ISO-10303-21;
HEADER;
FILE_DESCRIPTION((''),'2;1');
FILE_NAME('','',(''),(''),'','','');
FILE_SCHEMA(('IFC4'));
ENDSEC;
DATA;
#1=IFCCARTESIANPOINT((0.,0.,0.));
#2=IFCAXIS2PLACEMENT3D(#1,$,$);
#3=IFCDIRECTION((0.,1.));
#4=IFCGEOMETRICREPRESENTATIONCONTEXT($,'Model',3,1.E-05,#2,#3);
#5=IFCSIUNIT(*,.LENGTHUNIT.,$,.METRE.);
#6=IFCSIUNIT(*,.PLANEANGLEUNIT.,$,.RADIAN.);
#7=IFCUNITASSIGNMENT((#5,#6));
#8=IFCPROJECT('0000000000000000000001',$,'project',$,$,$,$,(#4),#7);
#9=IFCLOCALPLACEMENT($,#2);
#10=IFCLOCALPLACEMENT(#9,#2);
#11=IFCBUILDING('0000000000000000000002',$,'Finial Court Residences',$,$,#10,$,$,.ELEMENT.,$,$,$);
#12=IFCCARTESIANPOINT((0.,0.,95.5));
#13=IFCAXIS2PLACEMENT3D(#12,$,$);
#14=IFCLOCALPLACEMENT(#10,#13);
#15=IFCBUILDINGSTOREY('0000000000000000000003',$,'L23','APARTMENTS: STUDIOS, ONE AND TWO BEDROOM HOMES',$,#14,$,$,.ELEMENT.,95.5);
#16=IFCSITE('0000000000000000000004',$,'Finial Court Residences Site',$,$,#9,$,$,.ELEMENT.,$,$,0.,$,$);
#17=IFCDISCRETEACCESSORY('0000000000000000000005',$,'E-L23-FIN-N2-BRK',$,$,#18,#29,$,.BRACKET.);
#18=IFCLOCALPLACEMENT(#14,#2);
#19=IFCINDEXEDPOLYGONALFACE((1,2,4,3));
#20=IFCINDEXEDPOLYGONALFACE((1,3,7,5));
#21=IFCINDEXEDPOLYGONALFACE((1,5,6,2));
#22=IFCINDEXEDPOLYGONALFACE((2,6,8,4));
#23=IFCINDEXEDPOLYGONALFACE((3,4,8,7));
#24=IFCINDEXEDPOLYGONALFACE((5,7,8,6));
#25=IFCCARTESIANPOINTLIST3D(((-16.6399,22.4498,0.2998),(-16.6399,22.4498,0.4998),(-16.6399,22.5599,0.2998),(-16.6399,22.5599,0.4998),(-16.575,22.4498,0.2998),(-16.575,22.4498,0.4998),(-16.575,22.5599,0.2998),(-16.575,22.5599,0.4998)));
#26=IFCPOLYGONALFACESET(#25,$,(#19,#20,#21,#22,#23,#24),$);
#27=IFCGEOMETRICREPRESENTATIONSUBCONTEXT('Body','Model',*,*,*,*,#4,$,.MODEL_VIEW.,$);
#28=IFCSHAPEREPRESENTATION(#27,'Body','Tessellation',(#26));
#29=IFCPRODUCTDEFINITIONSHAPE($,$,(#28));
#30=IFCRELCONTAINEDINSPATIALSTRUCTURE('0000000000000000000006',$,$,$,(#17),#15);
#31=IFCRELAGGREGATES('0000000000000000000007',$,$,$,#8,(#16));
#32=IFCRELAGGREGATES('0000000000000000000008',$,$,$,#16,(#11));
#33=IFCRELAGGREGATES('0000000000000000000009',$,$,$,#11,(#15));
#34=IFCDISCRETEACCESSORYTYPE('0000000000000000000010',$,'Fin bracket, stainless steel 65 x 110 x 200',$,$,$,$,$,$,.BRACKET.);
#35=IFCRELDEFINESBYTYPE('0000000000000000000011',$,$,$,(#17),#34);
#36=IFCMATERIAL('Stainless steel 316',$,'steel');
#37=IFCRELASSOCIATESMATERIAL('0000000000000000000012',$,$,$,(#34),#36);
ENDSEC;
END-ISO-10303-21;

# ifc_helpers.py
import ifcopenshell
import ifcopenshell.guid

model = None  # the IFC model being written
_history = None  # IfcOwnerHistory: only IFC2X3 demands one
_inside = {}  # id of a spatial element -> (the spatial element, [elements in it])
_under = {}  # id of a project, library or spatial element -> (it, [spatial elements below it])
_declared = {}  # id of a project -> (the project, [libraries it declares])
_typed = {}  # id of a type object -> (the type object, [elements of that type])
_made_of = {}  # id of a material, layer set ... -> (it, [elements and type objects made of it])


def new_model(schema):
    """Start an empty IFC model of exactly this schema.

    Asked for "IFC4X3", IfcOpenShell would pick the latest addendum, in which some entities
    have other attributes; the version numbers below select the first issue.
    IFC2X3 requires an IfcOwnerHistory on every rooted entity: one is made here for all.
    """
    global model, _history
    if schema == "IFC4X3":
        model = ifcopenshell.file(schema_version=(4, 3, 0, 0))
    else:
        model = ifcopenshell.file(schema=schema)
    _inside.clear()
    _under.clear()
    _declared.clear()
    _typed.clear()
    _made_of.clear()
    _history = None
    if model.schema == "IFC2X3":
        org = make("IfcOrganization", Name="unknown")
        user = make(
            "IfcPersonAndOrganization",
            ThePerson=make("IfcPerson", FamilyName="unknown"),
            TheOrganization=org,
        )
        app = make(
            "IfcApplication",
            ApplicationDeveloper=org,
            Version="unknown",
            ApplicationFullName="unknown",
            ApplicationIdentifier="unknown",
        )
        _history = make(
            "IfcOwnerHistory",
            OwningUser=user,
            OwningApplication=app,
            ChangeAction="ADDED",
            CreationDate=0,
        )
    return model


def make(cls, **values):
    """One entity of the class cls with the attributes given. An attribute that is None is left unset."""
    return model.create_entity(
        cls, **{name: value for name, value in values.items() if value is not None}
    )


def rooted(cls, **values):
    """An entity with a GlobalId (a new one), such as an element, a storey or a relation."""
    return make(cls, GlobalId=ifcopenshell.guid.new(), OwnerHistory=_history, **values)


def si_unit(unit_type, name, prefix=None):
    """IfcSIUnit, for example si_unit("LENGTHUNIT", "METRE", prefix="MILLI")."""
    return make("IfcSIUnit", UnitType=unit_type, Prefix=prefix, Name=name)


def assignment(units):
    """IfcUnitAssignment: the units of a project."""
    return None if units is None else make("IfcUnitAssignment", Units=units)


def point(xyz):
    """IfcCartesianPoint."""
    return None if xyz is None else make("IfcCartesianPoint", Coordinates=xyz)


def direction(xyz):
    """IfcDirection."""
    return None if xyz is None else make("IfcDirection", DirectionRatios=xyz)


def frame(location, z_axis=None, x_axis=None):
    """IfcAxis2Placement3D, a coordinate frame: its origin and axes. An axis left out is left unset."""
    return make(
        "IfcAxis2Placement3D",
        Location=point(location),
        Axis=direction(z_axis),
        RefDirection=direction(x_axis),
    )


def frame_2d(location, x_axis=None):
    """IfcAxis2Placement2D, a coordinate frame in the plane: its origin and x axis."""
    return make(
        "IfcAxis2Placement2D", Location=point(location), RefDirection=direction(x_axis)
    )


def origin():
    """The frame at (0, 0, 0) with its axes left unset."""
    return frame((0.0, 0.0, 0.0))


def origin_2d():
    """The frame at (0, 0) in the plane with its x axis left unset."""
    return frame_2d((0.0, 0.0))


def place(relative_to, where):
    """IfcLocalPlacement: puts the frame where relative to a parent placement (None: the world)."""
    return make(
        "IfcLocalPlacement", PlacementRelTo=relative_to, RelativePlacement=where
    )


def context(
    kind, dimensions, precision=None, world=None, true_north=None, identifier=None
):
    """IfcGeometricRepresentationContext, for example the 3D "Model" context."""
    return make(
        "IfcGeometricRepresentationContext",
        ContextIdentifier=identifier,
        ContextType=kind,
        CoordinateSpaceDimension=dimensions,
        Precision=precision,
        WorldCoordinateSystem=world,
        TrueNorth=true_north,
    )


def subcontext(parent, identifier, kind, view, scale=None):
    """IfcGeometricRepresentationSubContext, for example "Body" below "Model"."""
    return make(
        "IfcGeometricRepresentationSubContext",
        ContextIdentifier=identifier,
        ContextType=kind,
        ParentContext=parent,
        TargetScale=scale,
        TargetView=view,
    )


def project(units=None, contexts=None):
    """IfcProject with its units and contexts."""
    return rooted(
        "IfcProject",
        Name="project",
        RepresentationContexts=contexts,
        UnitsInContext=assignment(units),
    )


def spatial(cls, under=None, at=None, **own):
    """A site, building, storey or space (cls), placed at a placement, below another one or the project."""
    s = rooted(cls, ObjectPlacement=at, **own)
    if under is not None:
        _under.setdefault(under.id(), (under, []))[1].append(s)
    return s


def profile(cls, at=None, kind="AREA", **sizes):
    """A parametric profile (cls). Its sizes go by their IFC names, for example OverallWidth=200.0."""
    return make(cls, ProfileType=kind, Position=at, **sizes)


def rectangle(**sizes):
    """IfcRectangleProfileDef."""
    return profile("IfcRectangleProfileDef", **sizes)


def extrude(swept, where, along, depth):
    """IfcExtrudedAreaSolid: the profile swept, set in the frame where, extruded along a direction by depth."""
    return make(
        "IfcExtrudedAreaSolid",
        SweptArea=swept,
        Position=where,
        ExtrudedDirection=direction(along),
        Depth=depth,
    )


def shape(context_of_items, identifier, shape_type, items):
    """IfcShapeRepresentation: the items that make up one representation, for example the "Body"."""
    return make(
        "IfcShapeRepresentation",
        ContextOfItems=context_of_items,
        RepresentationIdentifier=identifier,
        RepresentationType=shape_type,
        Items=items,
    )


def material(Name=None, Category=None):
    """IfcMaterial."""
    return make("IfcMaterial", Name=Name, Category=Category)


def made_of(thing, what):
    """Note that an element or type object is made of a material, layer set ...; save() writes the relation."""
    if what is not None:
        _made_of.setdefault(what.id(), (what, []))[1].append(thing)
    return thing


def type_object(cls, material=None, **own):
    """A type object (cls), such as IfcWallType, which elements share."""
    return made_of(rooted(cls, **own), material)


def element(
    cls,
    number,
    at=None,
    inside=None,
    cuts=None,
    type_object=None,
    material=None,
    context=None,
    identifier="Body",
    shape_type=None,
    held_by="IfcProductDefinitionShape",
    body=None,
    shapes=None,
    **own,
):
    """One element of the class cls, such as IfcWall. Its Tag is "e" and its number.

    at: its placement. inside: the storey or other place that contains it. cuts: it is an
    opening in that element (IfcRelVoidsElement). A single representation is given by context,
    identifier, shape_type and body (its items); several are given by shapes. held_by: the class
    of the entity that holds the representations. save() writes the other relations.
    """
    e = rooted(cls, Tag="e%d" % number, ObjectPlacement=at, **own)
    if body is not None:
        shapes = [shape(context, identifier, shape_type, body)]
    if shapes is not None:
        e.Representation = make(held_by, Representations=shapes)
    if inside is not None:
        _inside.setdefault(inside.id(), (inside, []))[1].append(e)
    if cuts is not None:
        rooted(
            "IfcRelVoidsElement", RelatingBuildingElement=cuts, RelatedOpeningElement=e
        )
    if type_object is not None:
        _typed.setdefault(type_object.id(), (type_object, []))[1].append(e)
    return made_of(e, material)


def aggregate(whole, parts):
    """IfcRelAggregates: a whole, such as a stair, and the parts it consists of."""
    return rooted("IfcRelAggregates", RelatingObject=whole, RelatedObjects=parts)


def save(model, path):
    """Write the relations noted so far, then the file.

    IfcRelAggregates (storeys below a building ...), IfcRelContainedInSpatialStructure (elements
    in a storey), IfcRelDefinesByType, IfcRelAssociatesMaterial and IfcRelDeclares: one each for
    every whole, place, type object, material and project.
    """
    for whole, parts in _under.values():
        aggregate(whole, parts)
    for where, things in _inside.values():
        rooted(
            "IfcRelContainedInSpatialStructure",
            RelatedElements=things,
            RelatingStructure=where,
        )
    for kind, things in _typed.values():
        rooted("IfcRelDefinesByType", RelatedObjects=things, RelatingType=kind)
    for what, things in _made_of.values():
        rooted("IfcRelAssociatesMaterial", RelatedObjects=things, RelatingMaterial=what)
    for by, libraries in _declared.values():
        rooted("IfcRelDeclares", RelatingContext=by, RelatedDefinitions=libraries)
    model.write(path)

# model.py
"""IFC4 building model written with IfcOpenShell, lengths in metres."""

from ifc_helpers import new_model, si_unit, direction, frame, origin, origin_2d, place, context, subcontext, project, spatial, rectangle, extrude, material, type_object, element, save


model = new_model("IFC4")

# Units and contexts
model_context = context("Model", 3, precision=1e-05, world=origin(), true_north=direction((0.0, 1.0)))
body_context = subcontext(model_context, "Body", "Model", "MODEL_VIEW")
ifc_project = project(units=[si_unit("LENGTHUNIT", "METRE"), si_unit("PLANEANGLEUNIT", "RADIAN")], contexts=[model_context])

# Site, building, storey
site_placement = place(None, origin())
site = spatial("IfcSite", under=ifc_project, at=site_placement, Name="Finial Court Residences Site", CompositionType="ELEMENT", RefElevation=0.0)
building_placement = place(site_placement, origin())
building = spatial("IfcBuilding", under=site, at=building_placement, Name="Finial Court Residences", CompositionType="ELEMENT")
storey_placement = place(building_placement, frame((0.0, 0.0, 95.5)))
storey = spatial("IfcBuildingStorey", under=building, at=storey_placement, Name="L23", Description="APARTMENTS: STUDIOS, ONE AND TWO BEDROOM HOMES", CompositionType="ELEMENT", Elevation=95.5)

# Discrete accessory
ifc_material_1 = material(Name="Stainless steel 316", Category="steel")
discrete_accessory_type = type_object("IfcDiscreteAccessoryType", Name="Fin bracket, stainless steel 65 x 110 x 200", PredefinedType="BRACKET", material=ifc_material_1)
discrete_accessory_placement = place(storey_placement, frame((-16.6074, 22.5049, 0.2998), z_axis=(0.0, 0.0, 1.0), x_axis=(1.0, 0.0, 0.0)))
element("IfcDiscreteAccessory", 1, at=discrete_accessory_placement, inside=storey, type_object=discrete_accessory_type, Name="E-L23-FIN-N2-BRK", PredefinedType="BRACKET", context=body_context, shape_type="SweptSolid", body=[
    extrude(rectangle(XDim=0.0649, YDim=0.1101, at=origin_2d()), origin(), (0.0, 0.0, 1.0), 0.2),
])

save(model, "model.ifc")
